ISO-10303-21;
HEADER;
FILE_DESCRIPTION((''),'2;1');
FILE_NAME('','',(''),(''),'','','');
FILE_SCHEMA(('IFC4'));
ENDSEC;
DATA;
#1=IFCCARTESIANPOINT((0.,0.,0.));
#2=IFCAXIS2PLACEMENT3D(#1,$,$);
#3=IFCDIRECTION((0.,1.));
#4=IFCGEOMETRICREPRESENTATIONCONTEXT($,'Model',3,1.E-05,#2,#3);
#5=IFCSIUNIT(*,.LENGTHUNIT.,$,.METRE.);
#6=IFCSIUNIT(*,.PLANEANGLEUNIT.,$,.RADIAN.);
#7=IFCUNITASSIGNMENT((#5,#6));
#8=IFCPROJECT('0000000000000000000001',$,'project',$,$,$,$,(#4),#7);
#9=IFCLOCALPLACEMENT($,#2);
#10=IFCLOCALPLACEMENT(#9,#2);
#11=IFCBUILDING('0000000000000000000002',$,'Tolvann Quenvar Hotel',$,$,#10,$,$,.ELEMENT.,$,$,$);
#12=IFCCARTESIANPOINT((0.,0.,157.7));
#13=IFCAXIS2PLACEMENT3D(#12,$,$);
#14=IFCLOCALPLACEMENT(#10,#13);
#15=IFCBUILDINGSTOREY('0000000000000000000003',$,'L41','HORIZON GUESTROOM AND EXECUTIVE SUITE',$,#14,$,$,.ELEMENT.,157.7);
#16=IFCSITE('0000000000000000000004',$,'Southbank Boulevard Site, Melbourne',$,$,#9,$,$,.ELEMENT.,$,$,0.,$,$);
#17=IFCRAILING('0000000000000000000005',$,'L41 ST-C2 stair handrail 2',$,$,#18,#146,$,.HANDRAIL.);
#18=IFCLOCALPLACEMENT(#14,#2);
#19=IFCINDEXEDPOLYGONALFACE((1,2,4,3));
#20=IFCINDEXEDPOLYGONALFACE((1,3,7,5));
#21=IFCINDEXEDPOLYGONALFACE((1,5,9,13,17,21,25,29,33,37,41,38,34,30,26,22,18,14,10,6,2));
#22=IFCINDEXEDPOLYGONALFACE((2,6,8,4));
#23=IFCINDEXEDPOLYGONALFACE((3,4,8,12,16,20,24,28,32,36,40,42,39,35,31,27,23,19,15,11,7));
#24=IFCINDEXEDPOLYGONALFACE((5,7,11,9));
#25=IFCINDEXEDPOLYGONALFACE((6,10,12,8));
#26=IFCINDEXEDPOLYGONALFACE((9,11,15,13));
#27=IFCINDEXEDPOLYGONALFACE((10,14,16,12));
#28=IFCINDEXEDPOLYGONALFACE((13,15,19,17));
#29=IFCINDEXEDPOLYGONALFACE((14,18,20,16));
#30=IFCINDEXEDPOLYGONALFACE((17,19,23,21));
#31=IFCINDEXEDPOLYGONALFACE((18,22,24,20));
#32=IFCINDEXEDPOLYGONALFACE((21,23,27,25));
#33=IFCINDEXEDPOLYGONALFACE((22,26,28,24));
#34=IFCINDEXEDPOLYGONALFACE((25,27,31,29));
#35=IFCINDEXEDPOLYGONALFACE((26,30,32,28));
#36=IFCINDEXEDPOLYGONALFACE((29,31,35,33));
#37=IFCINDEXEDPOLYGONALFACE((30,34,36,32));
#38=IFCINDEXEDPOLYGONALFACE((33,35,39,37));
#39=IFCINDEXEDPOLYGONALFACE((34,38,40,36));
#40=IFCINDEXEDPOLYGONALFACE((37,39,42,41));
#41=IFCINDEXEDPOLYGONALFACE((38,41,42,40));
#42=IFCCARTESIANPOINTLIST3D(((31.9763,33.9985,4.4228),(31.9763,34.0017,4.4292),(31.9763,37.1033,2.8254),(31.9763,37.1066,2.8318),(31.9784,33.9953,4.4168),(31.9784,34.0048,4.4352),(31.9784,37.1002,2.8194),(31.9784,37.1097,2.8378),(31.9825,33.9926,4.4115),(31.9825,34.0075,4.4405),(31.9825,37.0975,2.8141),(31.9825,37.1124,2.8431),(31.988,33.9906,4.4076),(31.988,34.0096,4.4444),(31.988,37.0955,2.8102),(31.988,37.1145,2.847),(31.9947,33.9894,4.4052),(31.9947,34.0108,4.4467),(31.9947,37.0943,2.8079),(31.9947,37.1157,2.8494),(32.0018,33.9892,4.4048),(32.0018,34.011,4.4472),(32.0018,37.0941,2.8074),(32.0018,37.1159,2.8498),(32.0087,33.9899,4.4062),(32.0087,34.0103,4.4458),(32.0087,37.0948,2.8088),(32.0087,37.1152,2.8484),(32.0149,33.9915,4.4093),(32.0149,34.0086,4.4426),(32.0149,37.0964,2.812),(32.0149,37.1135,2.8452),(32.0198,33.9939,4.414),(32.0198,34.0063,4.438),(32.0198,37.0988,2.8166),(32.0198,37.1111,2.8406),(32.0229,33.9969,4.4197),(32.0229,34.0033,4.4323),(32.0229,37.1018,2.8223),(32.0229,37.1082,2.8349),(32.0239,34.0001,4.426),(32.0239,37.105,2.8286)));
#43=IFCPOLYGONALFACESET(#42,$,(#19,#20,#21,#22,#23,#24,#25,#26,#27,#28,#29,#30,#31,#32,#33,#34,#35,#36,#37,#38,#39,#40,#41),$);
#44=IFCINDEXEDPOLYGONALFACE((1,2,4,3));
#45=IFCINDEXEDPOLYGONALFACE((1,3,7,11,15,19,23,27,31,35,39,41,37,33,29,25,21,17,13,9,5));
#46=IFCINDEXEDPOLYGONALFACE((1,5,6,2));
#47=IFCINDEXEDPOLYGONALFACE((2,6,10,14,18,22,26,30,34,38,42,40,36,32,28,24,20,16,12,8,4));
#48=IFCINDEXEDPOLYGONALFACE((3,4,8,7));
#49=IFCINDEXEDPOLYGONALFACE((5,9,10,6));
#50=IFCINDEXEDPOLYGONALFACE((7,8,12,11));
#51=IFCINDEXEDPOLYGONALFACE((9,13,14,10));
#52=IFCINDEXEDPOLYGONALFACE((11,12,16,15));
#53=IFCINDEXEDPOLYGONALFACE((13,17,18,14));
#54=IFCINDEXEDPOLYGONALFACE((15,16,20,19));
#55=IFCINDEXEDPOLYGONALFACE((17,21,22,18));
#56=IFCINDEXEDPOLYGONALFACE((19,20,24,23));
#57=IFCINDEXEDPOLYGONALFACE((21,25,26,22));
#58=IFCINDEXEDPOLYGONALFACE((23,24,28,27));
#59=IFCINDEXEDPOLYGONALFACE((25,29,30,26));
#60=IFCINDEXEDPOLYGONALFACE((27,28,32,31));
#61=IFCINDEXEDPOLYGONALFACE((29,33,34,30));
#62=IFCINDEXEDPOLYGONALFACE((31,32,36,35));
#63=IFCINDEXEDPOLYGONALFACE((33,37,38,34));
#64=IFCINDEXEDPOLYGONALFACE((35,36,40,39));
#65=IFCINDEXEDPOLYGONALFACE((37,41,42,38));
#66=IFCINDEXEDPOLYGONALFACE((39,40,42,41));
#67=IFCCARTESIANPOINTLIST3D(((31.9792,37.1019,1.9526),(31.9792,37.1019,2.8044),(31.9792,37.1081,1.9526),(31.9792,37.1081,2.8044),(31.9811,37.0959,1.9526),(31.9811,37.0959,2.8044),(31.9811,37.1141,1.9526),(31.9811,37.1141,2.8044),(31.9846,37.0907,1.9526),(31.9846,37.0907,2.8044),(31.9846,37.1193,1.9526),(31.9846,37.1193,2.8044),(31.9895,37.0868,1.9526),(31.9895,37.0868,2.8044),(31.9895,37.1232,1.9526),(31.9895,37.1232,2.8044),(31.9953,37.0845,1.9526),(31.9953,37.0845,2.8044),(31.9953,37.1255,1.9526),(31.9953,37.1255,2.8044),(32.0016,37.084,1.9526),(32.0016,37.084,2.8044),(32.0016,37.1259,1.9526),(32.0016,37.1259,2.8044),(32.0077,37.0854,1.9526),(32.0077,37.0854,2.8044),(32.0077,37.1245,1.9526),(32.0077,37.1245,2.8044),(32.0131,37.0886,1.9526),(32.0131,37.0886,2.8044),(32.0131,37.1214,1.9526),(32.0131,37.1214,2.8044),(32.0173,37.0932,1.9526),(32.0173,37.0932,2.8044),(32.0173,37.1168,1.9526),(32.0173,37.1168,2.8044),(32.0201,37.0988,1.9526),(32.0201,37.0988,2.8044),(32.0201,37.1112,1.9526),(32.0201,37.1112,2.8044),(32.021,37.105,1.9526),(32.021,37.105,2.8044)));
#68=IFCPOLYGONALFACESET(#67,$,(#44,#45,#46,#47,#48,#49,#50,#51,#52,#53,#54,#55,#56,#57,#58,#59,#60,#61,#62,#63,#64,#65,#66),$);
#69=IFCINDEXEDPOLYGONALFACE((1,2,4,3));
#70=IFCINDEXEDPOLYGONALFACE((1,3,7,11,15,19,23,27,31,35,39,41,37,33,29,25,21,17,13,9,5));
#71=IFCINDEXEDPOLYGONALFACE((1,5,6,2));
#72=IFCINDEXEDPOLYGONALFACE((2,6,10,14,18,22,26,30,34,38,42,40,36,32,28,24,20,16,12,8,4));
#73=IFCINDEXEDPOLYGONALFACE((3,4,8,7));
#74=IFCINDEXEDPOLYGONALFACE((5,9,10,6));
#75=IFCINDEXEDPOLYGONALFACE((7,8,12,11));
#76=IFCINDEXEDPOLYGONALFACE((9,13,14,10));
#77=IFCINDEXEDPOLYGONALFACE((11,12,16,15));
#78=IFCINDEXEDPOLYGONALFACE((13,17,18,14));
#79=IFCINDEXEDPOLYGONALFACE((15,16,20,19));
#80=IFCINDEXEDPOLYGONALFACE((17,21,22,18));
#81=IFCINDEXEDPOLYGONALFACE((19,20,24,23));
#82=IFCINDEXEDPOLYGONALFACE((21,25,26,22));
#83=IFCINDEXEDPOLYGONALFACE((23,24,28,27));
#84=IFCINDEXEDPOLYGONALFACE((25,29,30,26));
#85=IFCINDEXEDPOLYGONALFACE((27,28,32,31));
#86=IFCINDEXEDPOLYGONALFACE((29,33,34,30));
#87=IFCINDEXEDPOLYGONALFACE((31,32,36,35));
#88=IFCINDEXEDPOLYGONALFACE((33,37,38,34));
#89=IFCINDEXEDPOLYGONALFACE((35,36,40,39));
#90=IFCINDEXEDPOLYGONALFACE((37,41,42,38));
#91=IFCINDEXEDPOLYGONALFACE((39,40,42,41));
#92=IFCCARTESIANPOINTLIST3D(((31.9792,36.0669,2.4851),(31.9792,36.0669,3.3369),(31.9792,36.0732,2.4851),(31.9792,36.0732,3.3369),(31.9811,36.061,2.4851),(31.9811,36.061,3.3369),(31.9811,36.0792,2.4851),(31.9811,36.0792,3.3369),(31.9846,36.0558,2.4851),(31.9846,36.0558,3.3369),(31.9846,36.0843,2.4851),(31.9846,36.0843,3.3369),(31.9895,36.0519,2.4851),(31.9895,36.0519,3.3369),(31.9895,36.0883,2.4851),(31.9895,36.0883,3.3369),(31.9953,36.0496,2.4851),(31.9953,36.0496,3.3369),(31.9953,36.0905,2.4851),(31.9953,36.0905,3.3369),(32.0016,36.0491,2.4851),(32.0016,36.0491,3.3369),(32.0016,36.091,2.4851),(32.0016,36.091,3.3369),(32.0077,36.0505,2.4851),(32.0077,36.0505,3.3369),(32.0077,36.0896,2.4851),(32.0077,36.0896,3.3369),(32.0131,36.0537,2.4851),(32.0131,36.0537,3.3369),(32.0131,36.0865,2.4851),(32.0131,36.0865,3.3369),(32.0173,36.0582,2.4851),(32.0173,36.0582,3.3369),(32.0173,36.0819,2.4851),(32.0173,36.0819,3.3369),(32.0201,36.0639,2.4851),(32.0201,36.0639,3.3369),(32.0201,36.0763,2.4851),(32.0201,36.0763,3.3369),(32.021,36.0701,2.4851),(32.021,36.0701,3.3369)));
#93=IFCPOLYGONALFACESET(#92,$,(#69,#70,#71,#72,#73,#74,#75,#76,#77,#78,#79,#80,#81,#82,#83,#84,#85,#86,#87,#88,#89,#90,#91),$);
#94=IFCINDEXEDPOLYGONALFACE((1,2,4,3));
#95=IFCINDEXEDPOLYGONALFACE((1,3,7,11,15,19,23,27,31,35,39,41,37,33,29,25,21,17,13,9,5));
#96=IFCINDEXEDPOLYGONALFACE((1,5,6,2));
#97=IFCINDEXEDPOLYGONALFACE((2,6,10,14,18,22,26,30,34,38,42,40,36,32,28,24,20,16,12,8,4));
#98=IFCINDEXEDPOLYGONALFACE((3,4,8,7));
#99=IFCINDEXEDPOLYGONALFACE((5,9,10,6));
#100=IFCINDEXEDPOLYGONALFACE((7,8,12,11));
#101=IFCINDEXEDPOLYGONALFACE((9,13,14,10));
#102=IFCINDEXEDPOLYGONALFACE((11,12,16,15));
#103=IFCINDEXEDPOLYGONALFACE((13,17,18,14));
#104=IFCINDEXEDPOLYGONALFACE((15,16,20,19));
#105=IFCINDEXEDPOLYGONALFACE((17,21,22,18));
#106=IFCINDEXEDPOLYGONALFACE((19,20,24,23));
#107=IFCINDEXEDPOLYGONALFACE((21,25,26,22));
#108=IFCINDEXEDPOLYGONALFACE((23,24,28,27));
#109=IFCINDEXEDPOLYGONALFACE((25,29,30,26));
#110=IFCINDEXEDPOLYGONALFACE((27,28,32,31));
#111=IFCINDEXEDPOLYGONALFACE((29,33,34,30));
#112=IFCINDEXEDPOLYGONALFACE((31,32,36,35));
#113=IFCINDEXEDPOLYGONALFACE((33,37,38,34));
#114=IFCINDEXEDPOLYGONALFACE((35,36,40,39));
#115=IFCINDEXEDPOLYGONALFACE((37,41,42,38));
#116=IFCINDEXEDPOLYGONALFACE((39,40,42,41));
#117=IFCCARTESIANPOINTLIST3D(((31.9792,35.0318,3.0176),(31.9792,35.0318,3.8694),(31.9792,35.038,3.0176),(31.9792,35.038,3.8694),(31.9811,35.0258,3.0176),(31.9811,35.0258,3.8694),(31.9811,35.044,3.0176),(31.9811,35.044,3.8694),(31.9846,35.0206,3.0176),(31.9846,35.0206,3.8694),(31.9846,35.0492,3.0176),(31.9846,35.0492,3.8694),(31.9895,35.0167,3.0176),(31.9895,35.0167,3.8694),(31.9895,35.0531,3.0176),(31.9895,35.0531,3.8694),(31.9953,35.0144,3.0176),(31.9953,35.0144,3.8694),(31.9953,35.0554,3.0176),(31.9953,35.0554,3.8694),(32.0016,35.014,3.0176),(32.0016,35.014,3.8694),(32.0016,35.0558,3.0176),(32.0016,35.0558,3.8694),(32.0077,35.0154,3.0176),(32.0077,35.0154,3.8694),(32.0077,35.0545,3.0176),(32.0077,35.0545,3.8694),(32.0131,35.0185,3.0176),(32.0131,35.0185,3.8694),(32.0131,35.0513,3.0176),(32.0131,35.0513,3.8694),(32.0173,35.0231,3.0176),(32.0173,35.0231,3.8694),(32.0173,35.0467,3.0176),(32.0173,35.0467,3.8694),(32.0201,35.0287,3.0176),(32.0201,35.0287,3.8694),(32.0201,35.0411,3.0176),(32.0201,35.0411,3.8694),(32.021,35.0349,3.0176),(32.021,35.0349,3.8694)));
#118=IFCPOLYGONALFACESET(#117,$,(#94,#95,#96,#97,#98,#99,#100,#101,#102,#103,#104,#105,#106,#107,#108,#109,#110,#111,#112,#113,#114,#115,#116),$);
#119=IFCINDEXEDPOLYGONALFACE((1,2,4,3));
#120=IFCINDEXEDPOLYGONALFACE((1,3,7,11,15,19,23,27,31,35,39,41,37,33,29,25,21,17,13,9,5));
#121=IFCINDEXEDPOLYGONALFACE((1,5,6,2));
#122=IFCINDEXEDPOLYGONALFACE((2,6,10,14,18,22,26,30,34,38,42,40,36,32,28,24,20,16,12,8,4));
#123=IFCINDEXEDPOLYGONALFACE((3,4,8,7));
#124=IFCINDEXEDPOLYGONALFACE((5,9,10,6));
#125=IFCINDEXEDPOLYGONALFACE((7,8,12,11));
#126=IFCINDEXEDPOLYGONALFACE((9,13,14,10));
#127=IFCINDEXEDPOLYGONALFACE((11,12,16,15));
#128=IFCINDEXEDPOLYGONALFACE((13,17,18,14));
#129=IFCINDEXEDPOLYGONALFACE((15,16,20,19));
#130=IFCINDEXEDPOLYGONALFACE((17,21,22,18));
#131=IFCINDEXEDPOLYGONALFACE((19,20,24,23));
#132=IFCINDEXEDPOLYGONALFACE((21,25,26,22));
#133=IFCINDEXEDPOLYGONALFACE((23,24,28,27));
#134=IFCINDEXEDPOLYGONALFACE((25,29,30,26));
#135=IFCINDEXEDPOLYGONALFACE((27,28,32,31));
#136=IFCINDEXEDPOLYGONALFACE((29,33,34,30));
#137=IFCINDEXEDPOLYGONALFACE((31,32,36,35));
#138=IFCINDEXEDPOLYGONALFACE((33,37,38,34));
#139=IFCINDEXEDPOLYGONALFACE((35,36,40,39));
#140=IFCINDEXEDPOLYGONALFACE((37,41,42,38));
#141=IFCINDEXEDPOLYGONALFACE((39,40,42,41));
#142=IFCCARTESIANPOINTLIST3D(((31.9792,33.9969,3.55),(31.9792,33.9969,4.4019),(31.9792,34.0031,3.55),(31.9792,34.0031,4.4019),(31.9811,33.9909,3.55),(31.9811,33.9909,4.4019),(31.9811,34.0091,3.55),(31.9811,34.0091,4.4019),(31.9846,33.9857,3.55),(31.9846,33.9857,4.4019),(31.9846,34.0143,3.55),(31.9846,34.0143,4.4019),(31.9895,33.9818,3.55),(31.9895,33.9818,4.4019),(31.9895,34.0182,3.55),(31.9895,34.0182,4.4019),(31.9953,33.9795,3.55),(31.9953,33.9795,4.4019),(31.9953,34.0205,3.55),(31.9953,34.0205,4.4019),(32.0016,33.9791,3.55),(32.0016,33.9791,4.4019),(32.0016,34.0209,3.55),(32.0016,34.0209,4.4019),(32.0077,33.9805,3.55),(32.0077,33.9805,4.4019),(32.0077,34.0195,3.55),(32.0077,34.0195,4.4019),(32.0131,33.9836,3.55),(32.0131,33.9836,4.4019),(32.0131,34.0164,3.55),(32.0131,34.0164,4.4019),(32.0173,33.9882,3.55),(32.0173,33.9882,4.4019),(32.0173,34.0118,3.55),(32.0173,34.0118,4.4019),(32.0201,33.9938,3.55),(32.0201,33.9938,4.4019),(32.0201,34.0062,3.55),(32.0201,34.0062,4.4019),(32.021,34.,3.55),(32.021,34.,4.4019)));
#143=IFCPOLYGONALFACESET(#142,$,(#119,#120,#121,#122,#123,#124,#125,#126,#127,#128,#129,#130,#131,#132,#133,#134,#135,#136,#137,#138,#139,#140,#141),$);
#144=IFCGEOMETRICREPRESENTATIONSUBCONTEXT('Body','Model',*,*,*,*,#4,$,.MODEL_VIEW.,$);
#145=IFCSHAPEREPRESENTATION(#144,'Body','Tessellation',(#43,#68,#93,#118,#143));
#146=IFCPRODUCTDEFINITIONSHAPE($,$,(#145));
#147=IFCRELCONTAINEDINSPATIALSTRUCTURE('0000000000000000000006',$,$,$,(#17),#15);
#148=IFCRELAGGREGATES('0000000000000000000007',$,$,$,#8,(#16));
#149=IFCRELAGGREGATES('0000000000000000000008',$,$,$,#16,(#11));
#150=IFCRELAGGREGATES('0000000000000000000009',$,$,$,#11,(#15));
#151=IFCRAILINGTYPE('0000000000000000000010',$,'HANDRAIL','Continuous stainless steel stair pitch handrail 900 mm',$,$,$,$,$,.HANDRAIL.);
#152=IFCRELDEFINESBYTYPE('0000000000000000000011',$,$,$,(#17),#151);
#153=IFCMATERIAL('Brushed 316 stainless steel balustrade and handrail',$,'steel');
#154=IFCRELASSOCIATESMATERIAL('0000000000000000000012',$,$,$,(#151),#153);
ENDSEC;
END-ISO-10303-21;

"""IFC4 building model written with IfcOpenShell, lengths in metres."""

from ifc_helpers import new_model, si_unit, direction, frame, origin, origin_2d, place, context, subcontext, project, spatial, circle, extrude, material, type_object, element, save


model = new_model("IFC4")

# Units and contexts
model_context = context("Model", 3, precision=1e-05, world=origin(), true_north=direction((0.0, 1.0)))
body_context = subcontext(model_context, "Body", "Model", "MODEL_VIEW")
ifc_project = project(units=[si_unit("LENGTHUNIT", "METRE"), si_unit("PLANEANGLEUNIT", "RADIAN")], contexts=[model_context])

# Site, building, storey
site_placement = place(None, origin())
site = spatial("IfcSite", under=ifc_project, at=site_placement, Name="Southbank Boulevard Site, Melbourne", CompositionType="ELEMENT", RefElevation=0.0)
building_placement = place(site_placement, origin())
building = spatial("IfcBuilding", under=site, at=building_placement, Name="Tolvann Quenvar Hotel", CompositionType="ELEMENT")
storey_placement = place(building_placement, frame((0.0, 0.0, 157.7)))
storey = spatial("IfcBuildingStorey", under=building, at=storey_placement, Name="L41", Description="HORIZON GUESTROOM AND EXECUTIVE SUITE", CompositionType="ELEMENT", Elevation=157.7)

# Railing
ifc_material_1 = material(Name="Brushed 316 stainless steel balustrade and handrail", Category="steel")
railing_type_1 = type_object("IfcRailingType", Name="HANDRAIL", Description="Continuous stainless steel stair pitch handrail 900 mm", PredefinedType="HANDRAIL", material=ifc_material_1)
railing_1_placement = place(storey_placement, frame((32.0, 37.105, 1.9526)))
element("IfcRailing", 1, at=railing_1_placement, inside=storey, type_object=railing_type_1, Name="L41 ST-C2 stair handrail 2", PredefinedType="HANDRAIL", context=body_context, shape_type="SweptSolid", body=[
    extrude(circle(Radius=0.0239, at=origin_2d()), frame((0.0, 0.0, 0.876), z_axis=(0.0, -0.889222, 0.457476), x_axis=(1.0, 0.0, 0.0)), (0.0, 0.0, 1.0), 3.4917),
    extrude(circle(Radius=0.021, at=origin_2d()), origin(), (0.0, 0.0, 1.0), 0.8518),
    extrude(circle(Radius=0.021, at=origin_2d()), frame((0.0, -1.0349, 0.5325)), (0.0, 0.0, 1.0), 0.8518),
    extrude(circle(Radius=0.021, at=origin_2d()), frame((0.0, -2.0701, 1.0649)), (0.0, 0.0, 1.0), 0.8518),
    extrude(circle(Radius=0.021, at=origin_2d()), frame((0.0, -3.105, 1.5974)), (0.0, 0.0, 1.0), 0.8518),
])

save(model, "model.ifc")
